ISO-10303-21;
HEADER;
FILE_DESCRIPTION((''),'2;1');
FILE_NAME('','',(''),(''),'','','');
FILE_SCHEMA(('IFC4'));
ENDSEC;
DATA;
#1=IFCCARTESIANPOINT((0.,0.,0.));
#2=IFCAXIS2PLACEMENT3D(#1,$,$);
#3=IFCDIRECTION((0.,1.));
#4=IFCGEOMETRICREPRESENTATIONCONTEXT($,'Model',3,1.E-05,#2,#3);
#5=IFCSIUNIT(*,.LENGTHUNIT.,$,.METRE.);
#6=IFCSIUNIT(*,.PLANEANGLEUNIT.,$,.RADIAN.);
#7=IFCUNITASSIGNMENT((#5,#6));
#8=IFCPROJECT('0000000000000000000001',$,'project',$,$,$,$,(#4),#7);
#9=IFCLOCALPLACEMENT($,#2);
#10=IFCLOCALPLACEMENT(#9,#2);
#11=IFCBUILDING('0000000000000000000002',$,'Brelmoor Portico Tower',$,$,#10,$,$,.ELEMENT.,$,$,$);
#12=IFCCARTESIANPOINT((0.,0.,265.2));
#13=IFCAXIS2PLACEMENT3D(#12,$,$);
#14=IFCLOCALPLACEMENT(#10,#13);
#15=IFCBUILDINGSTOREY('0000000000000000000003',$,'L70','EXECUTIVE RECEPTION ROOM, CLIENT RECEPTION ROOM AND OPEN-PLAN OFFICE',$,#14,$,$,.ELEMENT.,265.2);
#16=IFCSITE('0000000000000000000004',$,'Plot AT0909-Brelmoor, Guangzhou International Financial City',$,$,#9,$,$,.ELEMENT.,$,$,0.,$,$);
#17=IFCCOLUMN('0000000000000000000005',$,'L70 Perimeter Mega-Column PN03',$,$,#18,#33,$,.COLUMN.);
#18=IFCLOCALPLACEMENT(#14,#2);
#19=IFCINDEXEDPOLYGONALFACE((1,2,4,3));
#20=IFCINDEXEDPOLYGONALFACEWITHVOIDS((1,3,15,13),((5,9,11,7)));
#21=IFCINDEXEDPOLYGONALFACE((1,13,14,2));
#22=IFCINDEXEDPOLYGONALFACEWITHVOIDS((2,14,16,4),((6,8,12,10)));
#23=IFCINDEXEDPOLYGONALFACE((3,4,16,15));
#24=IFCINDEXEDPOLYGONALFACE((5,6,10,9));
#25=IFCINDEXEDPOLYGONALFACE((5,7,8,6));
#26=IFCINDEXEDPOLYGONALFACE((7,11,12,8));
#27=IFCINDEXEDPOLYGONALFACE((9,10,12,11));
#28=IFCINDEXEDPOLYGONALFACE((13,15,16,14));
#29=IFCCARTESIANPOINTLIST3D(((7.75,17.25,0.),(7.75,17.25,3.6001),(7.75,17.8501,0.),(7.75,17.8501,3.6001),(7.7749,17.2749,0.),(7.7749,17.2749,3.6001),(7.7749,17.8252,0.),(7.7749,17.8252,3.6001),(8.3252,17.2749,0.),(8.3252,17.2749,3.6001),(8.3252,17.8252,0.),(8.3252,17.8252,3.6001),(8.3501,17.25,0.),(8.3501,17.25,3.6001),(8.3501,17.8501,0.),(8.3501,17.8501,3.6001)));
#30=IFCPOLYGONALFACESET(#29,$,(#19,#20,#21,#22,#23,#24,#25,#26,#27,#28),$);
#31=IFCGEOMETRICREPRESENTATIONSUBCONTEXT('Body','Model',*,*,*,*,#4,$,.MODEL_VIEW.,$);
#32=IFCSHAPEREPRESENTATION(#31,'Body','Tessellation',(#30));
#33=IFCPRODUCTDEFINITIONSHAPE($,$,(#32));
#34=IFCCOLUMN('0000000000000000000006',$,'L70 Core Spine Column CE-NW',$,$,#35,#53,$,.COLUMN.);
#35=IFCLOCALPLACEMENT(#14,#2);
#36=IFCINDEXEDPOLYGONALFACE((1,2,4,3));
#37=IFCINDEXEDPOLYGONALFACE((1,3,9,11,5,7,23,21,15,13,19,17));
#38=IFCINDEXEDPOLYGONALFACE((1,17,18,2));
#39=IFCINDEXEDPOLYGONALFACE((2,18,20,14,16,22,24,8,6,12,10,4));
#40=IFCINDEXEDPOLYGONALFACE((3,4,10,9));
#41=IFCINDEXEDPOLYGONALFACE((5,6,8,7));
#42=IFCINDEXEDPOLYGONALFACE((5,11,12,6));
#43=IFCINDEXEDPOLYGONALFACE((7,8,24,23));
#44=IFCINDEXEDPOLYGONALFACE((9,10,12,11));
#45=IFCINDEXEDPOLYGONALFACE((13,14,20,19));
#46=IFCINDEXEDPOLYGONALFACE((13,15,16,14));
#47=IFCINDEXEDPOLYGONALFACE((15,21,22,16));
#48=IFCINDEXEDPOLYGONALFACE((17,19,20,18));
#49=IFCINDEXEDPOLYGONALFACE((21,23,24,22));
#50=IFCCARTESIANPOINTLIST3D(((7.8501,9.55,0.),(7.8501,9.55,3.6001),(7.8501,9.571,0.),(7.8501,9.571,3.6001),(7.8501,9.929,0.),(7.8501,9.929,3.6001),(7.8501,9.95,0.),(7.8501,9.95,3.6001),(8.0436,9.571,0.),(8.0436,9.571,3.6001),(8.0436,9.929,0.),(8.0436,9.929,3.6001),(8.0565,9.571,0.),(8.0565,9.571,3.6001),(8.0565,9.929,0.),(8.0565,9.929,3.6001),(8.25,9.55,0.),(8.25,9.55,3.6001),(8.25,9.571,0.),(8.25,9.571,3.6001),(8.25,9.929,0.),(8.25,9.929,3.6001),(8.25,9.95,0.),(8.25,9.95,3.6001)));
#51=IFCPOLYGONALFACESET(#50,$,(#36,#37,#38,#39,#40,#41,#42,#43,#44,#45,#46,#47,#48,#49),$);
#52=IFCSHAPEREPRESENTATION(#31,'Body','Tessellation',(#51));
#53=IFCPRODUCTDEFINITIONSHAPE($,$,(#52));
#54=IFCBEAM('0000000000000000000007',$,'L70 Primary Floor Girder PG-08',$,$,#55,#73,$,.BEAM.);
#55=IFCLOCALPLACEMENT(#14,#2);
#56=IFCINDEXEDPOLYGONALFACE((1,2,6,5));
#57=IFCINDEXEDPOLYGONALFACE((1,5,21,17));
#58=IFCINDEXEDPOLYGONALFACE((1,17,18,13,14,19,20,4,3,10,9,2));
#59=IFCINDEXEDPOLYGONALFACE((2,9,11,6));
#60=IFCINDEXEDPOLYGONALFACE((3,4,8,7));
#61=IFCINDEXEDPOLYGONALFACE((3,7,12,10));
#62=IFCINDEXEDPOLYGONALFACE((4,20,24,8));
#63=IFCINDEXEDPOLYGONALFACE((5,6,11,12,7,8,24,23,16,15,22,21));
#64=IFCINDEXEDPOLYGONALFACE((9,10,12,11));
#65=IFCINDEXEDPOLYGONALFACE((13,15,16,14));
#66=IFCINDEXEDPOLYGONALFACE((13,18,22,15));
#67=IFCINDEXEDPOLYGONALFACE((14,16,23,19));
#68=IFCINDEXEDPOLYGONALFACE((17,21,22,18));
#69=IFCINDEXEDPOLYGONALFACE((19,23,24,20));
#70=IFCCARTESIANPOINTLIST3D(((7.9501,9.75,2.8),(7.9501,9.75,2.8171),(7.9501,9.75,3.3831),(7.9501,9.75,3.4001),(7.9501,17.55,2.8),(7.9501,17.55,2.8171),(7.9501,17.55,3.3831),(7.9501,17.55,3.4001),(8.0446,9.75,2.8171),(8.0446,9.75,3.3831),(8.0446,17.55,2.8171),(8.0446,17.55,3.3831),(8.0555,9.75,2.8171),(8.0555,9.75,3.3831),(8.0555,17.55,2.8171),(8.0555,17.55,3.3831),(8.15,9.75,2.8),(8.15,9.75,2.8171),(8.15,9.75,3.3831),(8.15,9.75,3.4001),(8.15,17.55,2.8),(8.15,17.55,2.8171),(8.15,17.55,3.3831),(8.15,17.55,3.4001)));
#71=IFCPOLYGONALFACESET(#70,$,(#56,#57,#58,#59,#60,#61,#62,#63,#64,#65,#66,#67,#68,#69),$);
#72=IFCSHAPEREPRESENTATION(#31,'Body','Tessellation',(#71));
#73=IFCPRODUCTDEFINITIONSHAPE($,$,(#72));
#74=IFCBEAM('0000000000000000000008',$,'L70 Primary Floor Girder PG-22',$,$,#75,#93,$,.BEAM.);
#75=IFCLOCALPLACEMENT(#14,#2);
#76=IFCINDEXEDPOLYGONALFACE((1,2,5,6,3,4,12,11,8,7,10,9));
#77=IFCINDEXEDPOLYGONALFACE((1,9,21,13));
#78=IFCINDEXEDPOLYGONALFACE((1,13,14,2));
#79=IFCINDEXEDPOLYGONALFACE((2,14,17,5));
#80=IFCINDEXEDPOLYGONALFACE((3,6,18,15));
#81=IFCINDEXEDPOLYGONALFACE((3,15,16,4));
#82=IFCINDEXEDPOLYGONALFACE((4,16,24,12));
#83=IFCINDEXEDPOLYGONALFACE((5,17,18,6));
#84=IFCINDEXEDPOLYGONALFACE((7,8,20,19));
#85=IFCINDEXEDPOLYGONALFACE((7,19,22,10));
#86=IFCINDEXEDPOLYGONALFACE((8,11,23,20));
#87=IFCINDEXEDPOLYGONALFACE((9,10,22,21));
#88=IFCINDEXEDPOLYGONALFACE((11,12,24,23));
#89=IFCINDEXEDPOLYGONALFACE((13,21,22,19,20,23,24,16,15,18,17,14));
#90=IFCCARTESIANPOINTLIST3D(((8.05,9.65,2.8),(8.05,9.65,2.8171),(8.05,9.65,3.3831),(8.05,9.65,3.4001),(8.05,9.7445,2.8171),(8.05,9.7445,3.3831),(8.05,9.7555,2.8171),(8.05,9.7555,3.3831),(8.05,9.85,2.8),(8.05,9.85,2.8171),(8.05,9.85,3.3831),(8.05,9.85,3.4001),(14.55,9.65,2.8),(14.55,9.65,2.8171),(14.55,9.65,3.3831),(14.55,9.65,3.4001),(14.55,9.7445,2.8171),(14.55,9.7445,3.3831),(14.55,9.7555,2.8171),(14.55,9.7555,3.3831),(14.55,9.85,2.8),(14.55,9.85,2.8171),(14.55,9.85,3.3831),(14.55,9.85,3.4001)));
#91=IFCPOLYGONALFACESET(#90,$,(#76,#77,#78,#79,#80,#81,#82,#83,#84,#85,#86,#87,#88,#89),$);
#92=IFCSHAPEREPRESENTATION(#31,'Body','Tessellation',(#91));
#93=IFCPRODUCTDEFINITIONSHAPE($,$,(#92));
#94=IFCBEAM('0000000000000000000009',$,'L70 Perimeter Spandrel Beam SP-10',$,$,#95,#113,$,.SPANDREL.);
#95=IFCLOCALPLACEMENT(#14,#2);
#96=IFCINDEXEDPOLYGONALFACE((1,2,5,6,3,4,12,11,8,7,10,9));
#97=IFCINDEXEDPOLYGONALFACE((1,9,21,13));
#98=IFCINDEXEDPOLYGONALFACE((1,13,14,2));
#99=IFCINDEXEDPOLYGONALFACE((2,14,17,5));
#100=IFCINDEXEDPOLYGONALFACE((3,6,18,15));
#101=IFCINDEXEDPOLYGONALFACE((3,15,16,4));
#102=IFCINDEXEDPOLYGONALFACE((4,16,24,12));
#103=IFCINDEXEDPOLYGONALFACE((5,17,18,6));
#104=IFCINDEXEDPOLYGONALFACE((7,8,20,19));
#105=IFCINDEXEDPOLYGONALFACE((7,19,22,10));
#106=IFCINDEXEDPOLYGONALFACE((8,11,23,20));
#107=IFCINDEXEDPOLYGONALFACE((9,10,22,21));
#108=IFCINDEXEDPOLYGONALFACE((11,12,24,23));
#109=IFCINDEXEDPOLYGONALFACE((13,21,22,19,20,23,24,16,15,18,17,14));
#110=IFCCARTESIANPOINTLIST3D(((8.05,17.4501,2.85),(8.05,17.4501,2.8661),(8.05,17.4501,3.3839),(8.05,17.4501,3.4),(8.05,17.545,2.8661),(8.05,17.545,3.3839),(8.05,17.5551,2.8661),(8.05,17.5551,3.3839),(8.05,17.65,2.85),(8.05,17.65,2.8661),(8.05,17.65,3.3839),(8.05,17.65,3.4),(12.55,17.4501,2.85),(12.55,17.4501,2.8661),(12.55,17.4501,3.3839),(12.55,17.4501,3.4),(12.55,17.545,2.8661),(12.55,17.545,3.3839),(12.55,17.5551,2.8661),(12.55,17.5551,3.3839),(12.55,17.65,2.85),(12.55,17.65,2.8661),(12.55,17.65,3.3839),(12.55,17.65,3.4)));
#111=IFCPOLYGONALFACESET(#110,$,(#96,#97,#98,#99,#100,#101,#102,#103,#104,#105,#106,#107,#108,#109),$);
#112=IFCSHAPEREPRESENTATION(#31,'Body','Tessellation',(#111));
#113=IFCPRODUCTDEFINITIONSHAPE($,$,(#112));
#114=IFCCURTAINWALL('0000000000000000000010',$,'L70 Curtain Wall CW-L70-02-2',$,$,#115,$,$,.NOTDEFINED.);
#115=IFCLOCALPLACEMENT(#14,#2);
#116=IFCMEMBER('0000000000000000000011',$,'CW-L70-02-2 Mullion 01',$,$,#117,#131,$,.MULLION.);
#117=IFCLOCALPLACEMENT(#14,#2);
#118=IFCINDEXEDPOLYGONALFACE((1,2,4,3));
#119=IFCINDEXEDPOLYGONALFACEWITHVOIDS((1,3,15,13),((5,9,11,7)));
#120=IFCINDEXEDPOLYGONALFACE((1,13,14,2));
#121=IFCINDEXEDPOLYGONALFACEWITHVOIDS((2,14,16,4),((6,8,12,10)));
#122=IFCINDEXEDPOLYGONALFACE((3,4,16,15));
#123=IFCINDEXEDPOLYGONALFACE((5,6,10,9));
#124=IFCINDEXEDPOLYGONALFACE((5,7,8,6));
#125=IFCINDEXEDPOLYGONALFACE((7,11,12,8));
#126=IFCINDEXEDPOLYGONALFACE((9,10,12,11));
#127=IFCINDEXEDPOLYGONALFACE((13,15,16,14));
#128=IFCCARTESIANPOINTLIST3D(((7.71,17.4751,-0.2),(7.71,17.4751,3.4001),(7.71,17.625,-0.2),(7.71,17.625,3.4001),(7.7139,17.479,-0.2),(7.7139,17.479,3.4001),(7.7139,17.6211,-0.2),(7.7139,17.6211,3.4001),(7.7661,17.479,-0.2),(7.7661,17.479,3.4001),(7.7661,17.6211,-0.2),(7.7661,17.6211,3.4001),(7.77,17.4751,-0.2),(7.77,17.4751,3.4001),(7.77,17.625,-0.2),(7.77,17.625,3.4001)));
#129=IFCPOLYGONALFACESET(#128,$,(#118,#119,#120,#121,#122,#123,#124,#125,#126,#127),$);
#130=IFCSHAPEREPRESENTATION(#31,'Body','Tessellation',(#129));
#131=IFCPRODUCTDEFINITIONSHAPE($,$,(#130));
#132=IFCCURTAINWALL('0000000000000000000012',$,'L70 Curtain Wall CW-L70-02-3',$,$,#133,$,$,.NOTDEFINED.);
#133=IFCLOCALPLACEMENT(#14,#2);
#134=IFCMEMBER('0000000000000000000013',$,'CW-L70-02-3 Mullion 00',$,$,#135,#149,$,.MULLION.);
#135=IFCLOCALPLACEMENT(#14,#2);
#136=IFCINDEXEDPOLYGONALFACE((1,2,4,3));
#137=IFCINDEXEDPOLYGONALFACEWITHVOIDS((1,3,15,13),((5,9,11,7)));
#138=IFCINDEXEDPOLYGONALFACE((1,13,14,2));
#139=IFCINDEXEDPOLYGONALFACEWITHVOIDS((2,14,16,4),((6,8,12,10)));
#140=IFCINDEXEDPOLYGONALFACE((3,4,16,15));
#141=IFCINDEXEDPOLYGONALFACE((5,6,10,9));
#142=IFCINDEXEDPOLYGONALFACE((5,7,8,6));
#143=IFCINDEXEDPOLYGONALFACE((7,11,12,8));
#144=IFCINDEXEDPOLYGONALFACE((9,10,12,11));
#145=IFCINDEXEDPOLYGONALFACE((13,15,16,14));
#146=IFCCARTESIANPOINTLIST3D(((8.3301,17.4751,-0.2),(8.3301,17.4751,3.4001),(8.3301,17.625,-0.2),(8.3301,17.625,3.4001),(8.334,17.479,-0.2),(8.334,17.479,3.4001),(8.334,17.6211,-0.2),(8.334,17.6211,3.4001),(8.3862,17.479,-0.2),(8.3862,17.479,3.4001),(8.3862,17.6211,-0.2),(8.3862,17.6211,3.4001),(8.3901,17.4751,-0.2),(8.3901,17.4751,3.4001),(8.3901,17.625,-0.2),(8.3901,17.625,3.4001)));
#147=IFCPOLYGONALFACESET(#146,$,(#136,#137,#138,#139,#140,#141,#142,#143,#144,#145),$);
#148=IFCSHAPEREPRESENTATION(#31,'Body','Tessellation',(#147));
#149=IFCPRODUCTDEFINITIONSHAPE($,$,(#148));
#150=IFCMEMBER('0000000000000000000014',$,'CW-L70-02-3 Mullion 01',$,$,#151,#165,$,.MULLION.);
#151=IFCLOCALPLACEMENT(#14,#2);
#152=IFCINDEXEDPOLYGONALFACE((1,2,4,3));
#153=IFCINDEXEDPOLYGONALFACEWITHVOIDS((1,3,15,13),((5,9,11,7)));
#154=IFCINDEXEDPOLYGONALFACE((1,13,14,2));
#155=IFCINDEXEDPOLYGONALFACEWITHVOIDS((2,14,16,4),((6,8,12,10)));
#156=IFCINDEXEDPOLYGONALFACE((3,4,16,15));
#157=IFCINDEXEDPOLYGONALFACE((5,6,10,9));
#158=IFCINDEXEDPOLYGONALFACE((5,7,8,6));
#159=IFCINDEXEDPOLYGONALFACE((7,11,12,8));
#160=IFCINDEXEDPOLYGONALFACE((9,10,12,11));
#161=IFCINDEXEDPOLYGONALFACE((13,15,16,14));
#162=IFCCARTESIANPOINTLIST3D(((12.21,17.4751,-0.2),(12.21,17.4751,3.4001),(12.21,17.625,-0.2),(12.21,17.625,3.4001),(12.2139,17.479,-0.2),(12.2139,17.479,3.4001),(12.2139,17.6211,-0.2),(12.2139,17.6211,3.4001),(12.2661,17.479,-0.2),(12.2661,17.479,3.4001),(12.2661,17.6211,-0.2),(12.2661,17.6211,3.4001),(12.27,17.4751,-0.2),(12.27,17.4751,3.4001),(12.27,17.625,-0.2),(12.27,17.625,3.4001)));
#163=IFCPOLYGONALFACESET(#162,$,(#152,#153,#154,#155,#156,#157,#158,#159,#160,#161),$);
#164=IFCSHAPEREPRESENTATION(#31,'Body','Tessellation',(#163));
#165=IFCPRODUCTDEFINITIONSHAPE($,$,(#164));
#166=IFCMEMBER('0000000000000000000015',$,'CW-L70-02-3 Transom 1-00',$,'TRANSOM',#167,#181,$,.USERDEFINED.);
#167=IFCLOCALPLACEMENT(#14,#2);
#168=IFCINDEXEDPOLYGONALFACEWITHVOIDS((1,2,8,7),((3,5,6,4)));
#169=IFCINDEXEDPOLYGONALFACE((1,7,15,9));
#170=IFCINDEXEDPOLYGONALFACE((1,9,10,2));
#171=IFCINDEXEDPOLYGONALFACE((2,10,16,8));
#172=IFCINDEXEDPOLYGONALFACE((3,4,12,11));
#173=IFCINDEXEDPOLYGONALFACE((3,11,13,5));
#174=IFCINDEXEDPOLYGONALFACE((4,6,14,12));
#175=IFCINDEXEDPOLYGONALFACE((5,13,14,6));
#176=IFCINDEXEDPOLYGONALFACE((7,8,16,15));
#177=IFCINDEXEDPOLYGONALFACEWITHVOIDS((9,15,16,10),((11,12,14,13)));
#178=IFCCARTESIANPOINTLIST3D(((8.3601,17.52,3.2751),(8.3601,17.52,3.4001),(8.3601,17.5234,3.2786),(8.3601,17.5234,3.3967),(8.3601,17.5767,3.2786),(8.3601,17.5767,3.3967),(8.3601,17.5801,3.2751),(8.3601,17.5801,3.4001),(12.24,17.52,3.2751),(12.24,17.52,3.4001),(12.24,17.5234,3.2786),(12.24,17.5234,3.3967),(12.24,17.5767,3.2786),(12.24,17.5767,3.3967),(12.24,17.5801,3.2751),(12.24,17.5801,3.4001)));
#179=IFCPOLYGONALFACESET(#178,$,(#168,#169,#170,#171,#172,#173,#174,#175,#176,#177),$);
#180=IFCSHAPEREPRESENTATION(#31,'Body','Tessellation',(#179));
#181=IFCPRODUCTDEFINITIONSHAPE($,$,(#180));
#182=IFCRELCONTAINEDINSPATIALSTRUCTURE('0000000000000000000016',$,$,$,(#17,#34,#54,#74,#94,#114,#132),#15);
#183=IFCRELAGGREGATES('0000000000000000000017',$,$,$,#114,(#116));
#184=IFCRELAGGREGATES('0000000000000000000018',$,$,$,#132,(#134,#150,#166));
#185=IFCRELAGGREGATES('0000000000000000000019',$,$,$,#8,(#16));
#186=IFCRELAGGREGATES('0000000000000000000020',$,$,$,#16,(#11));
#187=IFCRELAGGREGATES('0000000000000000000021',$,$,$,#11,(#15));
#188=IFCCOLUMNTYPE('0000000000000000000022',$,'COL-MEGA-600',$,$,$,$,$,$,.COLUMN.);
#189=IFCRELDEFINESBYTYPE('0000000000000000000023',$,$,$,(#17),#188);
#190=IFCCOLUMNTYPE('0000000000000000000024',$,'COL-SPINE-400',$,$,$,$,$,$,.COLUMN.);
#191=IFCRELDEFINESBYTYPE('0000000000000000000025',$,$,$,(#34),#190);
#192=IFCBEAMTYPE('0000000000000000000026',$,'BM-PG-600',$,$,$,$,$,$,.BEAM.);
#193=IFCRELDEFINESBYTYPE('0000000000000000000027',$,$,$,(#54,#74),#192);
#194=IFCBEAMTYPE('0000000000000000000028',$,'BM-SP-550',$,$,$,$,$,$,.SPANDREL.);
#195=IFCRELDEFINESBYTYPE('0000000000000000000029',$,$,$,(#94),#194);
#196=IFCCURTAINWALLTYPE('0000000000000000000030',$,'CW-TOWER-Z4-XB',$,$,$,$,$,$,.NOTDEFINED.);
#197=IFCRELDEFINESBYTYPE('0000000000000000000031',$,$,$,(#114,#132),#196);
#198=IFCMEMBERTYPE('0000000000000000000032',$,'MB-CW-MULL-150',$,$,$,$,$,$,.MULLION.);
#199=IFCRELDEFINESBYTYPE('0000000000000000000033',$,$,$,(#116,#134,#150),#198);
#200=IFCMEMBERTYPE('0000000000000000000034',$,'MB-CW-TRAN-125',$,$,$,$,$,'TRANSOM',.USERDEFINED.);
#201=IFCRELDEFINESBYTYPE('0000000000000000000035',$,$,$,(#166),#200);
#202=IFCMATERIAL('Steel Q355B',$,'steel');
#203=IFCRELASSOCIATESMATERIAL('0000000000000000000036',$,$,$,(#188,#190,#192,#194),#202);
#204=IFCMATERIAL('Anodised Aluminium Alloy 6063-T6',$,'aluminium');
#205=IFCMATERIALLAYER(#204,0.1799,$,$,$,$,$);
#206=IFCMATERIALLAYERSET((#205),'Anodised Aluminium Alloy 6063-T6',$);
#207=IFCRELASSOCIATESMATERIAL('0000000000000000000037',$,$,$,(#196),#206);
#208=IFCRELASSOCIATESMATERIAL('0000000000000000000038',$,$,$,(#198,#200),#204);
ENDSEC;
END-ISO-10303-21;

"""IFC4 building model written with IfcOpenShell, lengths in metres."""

from ifc_helpers import new_model, si_unit, direction, frame, origin, origin_2d, place, context, subcontext, project, spatial, hollow_rectangle, i_section, extrude, material, layer, layer_set, material_profile, profile_set, type_object, element, aggregate, save


model = new_model("IFC4")

# Units and contexts
model_context = context("Model", 3, precision=1e-05, world=origin(), true_north=direction((0.0, 1.0)))
body_context = subcontext(model_context, "Body", "Model", "MODEL_VIEW")
ifc_project = project(units=[si_unit("LENGTHUNIT", "METRE"), si_unit("PLANEANGLEUNIT", "RADIAN")], contexts=[model_context])

# Site, building, storey
site_placement = place(None, origin())
site = spatial("IfcSite", under=ifc_project, at=site_placement, Name="Plot AT0909-Brelmoor, Guangzhou International Financial City", CompositionType="ELEMENT", RefElevation=0.0)
building_placement = place(site_placement, origin())
building = spatial("IfcBuilding", under=site, at=building_placement, Name="Brelmoor Portico Tower", CompositionType="ELEMENT")
storey_placement = place(building_placement, frame((0.0, 0.0, 265.2)))
storey = spatial("IfcBuildingStorey", under=building, at=storey_placement, Name="L70", Description="EXECUTIVE RECEPTION ROOM, CLIENT RECEPTION ROOM AND OPEN-PLAN OFFICE", CompositionType="ELEMENT", Elevation=265.2)

# Columns
ifc_material_1 = material(Name="Steel Q355B", Category="steel")
ifc_material_profile_1 = material_profile(ifc_material_1, hollow_rectangle(XDim=0.6001, YDim=0.6001, WallThickness=0.0249, at=origin_2d()), Name="BOX 600x600x25")
ifc_profile_set_1 = profile_set([ifc_material_profile_1], Name="Steel Q355B")
column_type_1 = type_object("IfcColumnType", Name="COL-MEGA-600", PredefinedType="COLUMN", material=ifc_profile_set_1)
column_1_placement = place(storey_placement, frame((8.05, 17.55, 0.0), z_axis=(0.0, 0.0, 1.0), x_axis=(1.0, 0.0, 0.0)))
element("IfcColumn", 1, at=column_1_placement, inside=storey, type_object=column_type_1, Name="L70 Perimeter Mega-Column PN03", PredefinedType="COLUMN", context=body_context, shape_type="SweptSolid", body=[
    extrude(hollow_rectangle(XDim=0.6001, YDim=0.6001, WallThickness=0.0249, at=origin_2d()), origin(), (0.0, 0.0, 1.0), 3.6001),
])
ifc_material_profile_2 = material_profile(ifc_material_1, i_section(OverallWidth=0.3999, OverallDepth=0.3999, WebThickness=0.0129, FlangeThickness=0.021, at=origin_2d()), Name="HW 400x400x13x21")
ifc_profile_set_2 = profile_set([ifc_material_profile_2], Name="Steel Q355B")
column_type_2 = type_object("IfcColumnType", Name="COL-SPINE-400", PredefinedType="COLUMN", material=ifc_profile_set_2)
column_2_placement = place(storey_placement, frame((8.05, 9.75, 0.0), z_axis=(0.0, 0.0, 1.0), x_axis=(1.0, 0.0, 0.0)))
element("IfcColumn", 2, at=column_2_placement, inside=storey, type_object=column_type_2, Name="L70 Core Spine Column CE-NW", PredefinedType="COLUMN", context=body_context, shape_type="SweptSolid", body=[
    extrude(i_section(OverallWidth=0.3999, OverallDepth=0.3999, WebThickness=0.0129, FlangeThickness=0.021, at=origin_2d()), origin(), (0.0, 0.0, 1.0), 3.6001),
])

# Beams
ifc_material_profile_3 = material_profile(ifc_material_1, i_section(OverallWidth=0.2, OverallDepth=0.6001, WebThickness=0.011, FlangeThickness=0.0171, at=origin_2d()), Name="HN 600x200x11x17")
ifc_profile_set_3 = profile_set([ifc_material_profile_3], Name="Steel Q355B")
beam_type_1 = type_object("IfcBeamType", Name="BM-PG-600", PredefinedType="BEAM", material=ifc_profile_set_3)
beam_1_placement = place(storey_placement, frame((8.05, 9.75, 3.1001), z_axis=(0.0, 1.0, 0.0), x_axis=(-1.0, 0.0, 0.0)))
element("IfcBeam", 3, at=beam_1_placement, inside=storey, type_object=beam_type_1, Name="L70 Primary Floor Girder PG-08", PredefinedType="BEAM", context=body_context, shape_type="SweptSolid", body=[
    extrude(i_section(OverallWidth=0.2, OverallDepth=0.6001, WebThickness=0.011, FlangeThickness=0.0171, at=origin_2d()), origin(), (0.0, 0.0, 1.0), 7.8),
])
beam_2_placement = place(storey_placement, frame((8.05, 9.75, 3.1001), z_axis=(1.0, 0.0, 0.0), x_axis=(0.0, 1.0, 0.0)))
element("IfcBeam", 4, at=beam_2_placement, inside=storey, type_object=beam_type_1, Name="L70 Primary Floor Girder PG-22", PredefinedType="BEAM", context=body_context, shape_type="SweptSolid", body=[
    extrude(i_section(OverallWidth=0.2, OverallDepth=0.6001, WebThickness=0.011, FlangeThickness=0.0171, at=origin_2d()), origin(), (0.0, 0.0, 1.0), 6.5),
])
ifc_material_profile_4 = material_profile(ifc_material_1, i_section(OverallWidth=0.2, OverallDepth=0.55, WebThickness=0.01, FlangeThickness=0.0161, at=origin_2d()), Name="HN 550x200x10x16")
ifc_profile_set_4 = profile_set([ifc_material_profile_4], Name="Steel Q355B")
beam_type_2 = type_object("IfcBeamType", Name="BM-SP-550", PredefinedType="SPANDREL", material=ifc_profile_set_4)
beam_3_placement = place(storey_placement, frame((8.05, 17.55, 3.125), z_axis=(1.0, 0.0, 0.0), x_axis=(0.0, 1.0, 0.0)))
element("IfcBeam", 5, at=beam_3_placement, inside=storey, type_object=beam_type_2, Name="L70 Perimeter Spandrel Beam SP-10", PredefinedType="SPANDREL", context=body_context, shape_type="SweptSolid", body=[
    extrude(i_section(OverallWidth=0.2, OverallDepth=0.55, WebThickness=0.01, FlangeThickness=0.0161, at=origin_2d()), origin(), (0.0, 0.0, 1.0), 4.5),
])

# Curtain wall, member
ifc_material_2 = material(Name="Anodised Aluminium Alloy 6063-T6", Category="aluminium")
ifc_layer_1 = layer(ifc_material_2, 0.1799)
ifc_layer_set_1 = layer_set([ifc_layer_1], Name="Anodised Aluminium Alloy 6063-T6")
curtain_wall_type = type_object("IfcCurtainWallType", Name="CW-TOWER-Z4-XB", PredefinedType="NOTDEFINED", material=ifc_layer_set_1)
curtain_wall_1_placement = place(storey_placement, origin())
curtain_wall_1 = element("IfcCurtainWall", 6, at=curtain_wall_1_placement, inside=storey, type_object=curtain_wall_type, Name="L70 Curtain Wall CW-L70-02-2", PredefinedType="NOTDEFINED")
ifc_material_profile_5 = material_profile(ifc_material_2, hollow_rectangle(XDim=0.0601, YDim=0.1499, WallThickness=0.0039, at=origin_2d()), Name="ALU MULLION 60x150")
ifc_profile_set_5 = profile_set([ifc_material_profile_5], Name="Anodised Aluminium Alloy 6063-T6")
member_type_1 = type_object("IfcMemberType", Name="MB-CW-MULL-150", PredefinedType="MULLION", material=ifc_profile_set_5)
member_1_placement = place(storey_placement, frame((7.74, 17.55, -0.2), z_axis=(0.0, 0.0, 1.0), x_axis=(1.0, 0.0, 0.0)))
member_1 = element("IfcMember", 7, at=member_1_placement, type_object=member_type_1, Name="CW-L70-02-2 Mullion 01", PredefinedType="MULLION", context=body_context, shape_type="SweptSolid", body=[
    extrude(hollow_rectangle(XDim=0.0601, YDim=0.1499, WallThickness=0.0039, at=origin_2d()), origin(), (0.0, 0.0, 1.0), 3.6001),
])

# Curtain wall, members
curtain_wall_2_placement = place(storey_placement, origin())
curtain_wall_2 = element("IfcCurtainWall", 8, at=curtain_wall_2_placement, inside=storey, type_object=curtain_wall_type, Name="L70 Curtain Wall CW-L70-02-3", PredefinedType="NOTDEFINED")
member_2_placement = place(storey_placement, frame((8.3601, 17.55, -0.2), z_axis=(0.0, 0.0, 1.0), x_axis=(1.0, 0.0, 0.0)))
member_2 = element("IfcMember", 9, at=member_2_placement, type_object=member_type_1, Name="CW-L70-02-3 Mullion 00", PredefinedType="MULLION", context=body_context, shape_type="SweptSolid", body=[
    extrude(hollow_rectangle(XDim=0.0601, YDim=0.1499, WallThickness=0.0039, at=origin_2d()), origin(), (0.0, 0.0, 1.0), 3.6001),
])
member_3_placement = place(storey_placement, frame((12.24, 17.55, -0.2), z_axis=(0.0, 0.0, 1.0), x_axis=(1.0, 0.0, 0.0)))
member_3 = element("IfcMember", 10, at=member_3_placement, type_object=member_type_1, Name="CW-L70-02-3 Mullion 01", PredefinedType="MULLION", context=body_context, shape_type="SweptSolid", body=[
    extrude(hollow_rectangle(XDim=0.0601, YDim=0.1499, WallThickness=0.0039, at=origin_2d()), origin(), (0.0, 0.0, 1.0), 3.6001),
])
ifc_material_profile_6 = material_profile(ifc_material_2, hollow_rectangle(XDim=0.0601, YDim=0.125, WallThickness=0.0034, at=origin_2d()), Name="ALU TRANSOM 60x125")
ifc_profile_set_6 = profile_set([ifc_material_profile_6], Name="Anodised Aluminium Alloy 6063-T6")
member_type_2 = type_object("IfcMemberType", Name="MB-CW-TRAN-125", ElementType="TRANSOM", PredefinedType="USERDEFINED", material=ifc_profile_set_6)
member_4_placement = place(storey_placement, frame((8.3601, 17.55, 3.3376), z_axis=(1.0, 0.0, 0.0), x_axis=(0.0, 1.0, 0.0)))
member_4 = element("IfcMember", 11, at=member_4_placement, type_object=member_type_2, Name="CW-L70-02-3 Transom 1-00", ObjectType="TRANSOM", PredefinedType="USERDEFINED", context=body_context, shape_type="SweptSolid", body=[
    extrude(hollow_rectangle(XDim=0.0601, YDim=0.125, WallThickness=0.0034, at=origin_2d()), origin(), (0.0, 0.0, 1.0), 3.8799),
])

aggregate(curtain_wall_1, [member_1])
aggregate(curtain_wall_2, [member_2, member_3, member_4])

save(model, "model.ifc")
